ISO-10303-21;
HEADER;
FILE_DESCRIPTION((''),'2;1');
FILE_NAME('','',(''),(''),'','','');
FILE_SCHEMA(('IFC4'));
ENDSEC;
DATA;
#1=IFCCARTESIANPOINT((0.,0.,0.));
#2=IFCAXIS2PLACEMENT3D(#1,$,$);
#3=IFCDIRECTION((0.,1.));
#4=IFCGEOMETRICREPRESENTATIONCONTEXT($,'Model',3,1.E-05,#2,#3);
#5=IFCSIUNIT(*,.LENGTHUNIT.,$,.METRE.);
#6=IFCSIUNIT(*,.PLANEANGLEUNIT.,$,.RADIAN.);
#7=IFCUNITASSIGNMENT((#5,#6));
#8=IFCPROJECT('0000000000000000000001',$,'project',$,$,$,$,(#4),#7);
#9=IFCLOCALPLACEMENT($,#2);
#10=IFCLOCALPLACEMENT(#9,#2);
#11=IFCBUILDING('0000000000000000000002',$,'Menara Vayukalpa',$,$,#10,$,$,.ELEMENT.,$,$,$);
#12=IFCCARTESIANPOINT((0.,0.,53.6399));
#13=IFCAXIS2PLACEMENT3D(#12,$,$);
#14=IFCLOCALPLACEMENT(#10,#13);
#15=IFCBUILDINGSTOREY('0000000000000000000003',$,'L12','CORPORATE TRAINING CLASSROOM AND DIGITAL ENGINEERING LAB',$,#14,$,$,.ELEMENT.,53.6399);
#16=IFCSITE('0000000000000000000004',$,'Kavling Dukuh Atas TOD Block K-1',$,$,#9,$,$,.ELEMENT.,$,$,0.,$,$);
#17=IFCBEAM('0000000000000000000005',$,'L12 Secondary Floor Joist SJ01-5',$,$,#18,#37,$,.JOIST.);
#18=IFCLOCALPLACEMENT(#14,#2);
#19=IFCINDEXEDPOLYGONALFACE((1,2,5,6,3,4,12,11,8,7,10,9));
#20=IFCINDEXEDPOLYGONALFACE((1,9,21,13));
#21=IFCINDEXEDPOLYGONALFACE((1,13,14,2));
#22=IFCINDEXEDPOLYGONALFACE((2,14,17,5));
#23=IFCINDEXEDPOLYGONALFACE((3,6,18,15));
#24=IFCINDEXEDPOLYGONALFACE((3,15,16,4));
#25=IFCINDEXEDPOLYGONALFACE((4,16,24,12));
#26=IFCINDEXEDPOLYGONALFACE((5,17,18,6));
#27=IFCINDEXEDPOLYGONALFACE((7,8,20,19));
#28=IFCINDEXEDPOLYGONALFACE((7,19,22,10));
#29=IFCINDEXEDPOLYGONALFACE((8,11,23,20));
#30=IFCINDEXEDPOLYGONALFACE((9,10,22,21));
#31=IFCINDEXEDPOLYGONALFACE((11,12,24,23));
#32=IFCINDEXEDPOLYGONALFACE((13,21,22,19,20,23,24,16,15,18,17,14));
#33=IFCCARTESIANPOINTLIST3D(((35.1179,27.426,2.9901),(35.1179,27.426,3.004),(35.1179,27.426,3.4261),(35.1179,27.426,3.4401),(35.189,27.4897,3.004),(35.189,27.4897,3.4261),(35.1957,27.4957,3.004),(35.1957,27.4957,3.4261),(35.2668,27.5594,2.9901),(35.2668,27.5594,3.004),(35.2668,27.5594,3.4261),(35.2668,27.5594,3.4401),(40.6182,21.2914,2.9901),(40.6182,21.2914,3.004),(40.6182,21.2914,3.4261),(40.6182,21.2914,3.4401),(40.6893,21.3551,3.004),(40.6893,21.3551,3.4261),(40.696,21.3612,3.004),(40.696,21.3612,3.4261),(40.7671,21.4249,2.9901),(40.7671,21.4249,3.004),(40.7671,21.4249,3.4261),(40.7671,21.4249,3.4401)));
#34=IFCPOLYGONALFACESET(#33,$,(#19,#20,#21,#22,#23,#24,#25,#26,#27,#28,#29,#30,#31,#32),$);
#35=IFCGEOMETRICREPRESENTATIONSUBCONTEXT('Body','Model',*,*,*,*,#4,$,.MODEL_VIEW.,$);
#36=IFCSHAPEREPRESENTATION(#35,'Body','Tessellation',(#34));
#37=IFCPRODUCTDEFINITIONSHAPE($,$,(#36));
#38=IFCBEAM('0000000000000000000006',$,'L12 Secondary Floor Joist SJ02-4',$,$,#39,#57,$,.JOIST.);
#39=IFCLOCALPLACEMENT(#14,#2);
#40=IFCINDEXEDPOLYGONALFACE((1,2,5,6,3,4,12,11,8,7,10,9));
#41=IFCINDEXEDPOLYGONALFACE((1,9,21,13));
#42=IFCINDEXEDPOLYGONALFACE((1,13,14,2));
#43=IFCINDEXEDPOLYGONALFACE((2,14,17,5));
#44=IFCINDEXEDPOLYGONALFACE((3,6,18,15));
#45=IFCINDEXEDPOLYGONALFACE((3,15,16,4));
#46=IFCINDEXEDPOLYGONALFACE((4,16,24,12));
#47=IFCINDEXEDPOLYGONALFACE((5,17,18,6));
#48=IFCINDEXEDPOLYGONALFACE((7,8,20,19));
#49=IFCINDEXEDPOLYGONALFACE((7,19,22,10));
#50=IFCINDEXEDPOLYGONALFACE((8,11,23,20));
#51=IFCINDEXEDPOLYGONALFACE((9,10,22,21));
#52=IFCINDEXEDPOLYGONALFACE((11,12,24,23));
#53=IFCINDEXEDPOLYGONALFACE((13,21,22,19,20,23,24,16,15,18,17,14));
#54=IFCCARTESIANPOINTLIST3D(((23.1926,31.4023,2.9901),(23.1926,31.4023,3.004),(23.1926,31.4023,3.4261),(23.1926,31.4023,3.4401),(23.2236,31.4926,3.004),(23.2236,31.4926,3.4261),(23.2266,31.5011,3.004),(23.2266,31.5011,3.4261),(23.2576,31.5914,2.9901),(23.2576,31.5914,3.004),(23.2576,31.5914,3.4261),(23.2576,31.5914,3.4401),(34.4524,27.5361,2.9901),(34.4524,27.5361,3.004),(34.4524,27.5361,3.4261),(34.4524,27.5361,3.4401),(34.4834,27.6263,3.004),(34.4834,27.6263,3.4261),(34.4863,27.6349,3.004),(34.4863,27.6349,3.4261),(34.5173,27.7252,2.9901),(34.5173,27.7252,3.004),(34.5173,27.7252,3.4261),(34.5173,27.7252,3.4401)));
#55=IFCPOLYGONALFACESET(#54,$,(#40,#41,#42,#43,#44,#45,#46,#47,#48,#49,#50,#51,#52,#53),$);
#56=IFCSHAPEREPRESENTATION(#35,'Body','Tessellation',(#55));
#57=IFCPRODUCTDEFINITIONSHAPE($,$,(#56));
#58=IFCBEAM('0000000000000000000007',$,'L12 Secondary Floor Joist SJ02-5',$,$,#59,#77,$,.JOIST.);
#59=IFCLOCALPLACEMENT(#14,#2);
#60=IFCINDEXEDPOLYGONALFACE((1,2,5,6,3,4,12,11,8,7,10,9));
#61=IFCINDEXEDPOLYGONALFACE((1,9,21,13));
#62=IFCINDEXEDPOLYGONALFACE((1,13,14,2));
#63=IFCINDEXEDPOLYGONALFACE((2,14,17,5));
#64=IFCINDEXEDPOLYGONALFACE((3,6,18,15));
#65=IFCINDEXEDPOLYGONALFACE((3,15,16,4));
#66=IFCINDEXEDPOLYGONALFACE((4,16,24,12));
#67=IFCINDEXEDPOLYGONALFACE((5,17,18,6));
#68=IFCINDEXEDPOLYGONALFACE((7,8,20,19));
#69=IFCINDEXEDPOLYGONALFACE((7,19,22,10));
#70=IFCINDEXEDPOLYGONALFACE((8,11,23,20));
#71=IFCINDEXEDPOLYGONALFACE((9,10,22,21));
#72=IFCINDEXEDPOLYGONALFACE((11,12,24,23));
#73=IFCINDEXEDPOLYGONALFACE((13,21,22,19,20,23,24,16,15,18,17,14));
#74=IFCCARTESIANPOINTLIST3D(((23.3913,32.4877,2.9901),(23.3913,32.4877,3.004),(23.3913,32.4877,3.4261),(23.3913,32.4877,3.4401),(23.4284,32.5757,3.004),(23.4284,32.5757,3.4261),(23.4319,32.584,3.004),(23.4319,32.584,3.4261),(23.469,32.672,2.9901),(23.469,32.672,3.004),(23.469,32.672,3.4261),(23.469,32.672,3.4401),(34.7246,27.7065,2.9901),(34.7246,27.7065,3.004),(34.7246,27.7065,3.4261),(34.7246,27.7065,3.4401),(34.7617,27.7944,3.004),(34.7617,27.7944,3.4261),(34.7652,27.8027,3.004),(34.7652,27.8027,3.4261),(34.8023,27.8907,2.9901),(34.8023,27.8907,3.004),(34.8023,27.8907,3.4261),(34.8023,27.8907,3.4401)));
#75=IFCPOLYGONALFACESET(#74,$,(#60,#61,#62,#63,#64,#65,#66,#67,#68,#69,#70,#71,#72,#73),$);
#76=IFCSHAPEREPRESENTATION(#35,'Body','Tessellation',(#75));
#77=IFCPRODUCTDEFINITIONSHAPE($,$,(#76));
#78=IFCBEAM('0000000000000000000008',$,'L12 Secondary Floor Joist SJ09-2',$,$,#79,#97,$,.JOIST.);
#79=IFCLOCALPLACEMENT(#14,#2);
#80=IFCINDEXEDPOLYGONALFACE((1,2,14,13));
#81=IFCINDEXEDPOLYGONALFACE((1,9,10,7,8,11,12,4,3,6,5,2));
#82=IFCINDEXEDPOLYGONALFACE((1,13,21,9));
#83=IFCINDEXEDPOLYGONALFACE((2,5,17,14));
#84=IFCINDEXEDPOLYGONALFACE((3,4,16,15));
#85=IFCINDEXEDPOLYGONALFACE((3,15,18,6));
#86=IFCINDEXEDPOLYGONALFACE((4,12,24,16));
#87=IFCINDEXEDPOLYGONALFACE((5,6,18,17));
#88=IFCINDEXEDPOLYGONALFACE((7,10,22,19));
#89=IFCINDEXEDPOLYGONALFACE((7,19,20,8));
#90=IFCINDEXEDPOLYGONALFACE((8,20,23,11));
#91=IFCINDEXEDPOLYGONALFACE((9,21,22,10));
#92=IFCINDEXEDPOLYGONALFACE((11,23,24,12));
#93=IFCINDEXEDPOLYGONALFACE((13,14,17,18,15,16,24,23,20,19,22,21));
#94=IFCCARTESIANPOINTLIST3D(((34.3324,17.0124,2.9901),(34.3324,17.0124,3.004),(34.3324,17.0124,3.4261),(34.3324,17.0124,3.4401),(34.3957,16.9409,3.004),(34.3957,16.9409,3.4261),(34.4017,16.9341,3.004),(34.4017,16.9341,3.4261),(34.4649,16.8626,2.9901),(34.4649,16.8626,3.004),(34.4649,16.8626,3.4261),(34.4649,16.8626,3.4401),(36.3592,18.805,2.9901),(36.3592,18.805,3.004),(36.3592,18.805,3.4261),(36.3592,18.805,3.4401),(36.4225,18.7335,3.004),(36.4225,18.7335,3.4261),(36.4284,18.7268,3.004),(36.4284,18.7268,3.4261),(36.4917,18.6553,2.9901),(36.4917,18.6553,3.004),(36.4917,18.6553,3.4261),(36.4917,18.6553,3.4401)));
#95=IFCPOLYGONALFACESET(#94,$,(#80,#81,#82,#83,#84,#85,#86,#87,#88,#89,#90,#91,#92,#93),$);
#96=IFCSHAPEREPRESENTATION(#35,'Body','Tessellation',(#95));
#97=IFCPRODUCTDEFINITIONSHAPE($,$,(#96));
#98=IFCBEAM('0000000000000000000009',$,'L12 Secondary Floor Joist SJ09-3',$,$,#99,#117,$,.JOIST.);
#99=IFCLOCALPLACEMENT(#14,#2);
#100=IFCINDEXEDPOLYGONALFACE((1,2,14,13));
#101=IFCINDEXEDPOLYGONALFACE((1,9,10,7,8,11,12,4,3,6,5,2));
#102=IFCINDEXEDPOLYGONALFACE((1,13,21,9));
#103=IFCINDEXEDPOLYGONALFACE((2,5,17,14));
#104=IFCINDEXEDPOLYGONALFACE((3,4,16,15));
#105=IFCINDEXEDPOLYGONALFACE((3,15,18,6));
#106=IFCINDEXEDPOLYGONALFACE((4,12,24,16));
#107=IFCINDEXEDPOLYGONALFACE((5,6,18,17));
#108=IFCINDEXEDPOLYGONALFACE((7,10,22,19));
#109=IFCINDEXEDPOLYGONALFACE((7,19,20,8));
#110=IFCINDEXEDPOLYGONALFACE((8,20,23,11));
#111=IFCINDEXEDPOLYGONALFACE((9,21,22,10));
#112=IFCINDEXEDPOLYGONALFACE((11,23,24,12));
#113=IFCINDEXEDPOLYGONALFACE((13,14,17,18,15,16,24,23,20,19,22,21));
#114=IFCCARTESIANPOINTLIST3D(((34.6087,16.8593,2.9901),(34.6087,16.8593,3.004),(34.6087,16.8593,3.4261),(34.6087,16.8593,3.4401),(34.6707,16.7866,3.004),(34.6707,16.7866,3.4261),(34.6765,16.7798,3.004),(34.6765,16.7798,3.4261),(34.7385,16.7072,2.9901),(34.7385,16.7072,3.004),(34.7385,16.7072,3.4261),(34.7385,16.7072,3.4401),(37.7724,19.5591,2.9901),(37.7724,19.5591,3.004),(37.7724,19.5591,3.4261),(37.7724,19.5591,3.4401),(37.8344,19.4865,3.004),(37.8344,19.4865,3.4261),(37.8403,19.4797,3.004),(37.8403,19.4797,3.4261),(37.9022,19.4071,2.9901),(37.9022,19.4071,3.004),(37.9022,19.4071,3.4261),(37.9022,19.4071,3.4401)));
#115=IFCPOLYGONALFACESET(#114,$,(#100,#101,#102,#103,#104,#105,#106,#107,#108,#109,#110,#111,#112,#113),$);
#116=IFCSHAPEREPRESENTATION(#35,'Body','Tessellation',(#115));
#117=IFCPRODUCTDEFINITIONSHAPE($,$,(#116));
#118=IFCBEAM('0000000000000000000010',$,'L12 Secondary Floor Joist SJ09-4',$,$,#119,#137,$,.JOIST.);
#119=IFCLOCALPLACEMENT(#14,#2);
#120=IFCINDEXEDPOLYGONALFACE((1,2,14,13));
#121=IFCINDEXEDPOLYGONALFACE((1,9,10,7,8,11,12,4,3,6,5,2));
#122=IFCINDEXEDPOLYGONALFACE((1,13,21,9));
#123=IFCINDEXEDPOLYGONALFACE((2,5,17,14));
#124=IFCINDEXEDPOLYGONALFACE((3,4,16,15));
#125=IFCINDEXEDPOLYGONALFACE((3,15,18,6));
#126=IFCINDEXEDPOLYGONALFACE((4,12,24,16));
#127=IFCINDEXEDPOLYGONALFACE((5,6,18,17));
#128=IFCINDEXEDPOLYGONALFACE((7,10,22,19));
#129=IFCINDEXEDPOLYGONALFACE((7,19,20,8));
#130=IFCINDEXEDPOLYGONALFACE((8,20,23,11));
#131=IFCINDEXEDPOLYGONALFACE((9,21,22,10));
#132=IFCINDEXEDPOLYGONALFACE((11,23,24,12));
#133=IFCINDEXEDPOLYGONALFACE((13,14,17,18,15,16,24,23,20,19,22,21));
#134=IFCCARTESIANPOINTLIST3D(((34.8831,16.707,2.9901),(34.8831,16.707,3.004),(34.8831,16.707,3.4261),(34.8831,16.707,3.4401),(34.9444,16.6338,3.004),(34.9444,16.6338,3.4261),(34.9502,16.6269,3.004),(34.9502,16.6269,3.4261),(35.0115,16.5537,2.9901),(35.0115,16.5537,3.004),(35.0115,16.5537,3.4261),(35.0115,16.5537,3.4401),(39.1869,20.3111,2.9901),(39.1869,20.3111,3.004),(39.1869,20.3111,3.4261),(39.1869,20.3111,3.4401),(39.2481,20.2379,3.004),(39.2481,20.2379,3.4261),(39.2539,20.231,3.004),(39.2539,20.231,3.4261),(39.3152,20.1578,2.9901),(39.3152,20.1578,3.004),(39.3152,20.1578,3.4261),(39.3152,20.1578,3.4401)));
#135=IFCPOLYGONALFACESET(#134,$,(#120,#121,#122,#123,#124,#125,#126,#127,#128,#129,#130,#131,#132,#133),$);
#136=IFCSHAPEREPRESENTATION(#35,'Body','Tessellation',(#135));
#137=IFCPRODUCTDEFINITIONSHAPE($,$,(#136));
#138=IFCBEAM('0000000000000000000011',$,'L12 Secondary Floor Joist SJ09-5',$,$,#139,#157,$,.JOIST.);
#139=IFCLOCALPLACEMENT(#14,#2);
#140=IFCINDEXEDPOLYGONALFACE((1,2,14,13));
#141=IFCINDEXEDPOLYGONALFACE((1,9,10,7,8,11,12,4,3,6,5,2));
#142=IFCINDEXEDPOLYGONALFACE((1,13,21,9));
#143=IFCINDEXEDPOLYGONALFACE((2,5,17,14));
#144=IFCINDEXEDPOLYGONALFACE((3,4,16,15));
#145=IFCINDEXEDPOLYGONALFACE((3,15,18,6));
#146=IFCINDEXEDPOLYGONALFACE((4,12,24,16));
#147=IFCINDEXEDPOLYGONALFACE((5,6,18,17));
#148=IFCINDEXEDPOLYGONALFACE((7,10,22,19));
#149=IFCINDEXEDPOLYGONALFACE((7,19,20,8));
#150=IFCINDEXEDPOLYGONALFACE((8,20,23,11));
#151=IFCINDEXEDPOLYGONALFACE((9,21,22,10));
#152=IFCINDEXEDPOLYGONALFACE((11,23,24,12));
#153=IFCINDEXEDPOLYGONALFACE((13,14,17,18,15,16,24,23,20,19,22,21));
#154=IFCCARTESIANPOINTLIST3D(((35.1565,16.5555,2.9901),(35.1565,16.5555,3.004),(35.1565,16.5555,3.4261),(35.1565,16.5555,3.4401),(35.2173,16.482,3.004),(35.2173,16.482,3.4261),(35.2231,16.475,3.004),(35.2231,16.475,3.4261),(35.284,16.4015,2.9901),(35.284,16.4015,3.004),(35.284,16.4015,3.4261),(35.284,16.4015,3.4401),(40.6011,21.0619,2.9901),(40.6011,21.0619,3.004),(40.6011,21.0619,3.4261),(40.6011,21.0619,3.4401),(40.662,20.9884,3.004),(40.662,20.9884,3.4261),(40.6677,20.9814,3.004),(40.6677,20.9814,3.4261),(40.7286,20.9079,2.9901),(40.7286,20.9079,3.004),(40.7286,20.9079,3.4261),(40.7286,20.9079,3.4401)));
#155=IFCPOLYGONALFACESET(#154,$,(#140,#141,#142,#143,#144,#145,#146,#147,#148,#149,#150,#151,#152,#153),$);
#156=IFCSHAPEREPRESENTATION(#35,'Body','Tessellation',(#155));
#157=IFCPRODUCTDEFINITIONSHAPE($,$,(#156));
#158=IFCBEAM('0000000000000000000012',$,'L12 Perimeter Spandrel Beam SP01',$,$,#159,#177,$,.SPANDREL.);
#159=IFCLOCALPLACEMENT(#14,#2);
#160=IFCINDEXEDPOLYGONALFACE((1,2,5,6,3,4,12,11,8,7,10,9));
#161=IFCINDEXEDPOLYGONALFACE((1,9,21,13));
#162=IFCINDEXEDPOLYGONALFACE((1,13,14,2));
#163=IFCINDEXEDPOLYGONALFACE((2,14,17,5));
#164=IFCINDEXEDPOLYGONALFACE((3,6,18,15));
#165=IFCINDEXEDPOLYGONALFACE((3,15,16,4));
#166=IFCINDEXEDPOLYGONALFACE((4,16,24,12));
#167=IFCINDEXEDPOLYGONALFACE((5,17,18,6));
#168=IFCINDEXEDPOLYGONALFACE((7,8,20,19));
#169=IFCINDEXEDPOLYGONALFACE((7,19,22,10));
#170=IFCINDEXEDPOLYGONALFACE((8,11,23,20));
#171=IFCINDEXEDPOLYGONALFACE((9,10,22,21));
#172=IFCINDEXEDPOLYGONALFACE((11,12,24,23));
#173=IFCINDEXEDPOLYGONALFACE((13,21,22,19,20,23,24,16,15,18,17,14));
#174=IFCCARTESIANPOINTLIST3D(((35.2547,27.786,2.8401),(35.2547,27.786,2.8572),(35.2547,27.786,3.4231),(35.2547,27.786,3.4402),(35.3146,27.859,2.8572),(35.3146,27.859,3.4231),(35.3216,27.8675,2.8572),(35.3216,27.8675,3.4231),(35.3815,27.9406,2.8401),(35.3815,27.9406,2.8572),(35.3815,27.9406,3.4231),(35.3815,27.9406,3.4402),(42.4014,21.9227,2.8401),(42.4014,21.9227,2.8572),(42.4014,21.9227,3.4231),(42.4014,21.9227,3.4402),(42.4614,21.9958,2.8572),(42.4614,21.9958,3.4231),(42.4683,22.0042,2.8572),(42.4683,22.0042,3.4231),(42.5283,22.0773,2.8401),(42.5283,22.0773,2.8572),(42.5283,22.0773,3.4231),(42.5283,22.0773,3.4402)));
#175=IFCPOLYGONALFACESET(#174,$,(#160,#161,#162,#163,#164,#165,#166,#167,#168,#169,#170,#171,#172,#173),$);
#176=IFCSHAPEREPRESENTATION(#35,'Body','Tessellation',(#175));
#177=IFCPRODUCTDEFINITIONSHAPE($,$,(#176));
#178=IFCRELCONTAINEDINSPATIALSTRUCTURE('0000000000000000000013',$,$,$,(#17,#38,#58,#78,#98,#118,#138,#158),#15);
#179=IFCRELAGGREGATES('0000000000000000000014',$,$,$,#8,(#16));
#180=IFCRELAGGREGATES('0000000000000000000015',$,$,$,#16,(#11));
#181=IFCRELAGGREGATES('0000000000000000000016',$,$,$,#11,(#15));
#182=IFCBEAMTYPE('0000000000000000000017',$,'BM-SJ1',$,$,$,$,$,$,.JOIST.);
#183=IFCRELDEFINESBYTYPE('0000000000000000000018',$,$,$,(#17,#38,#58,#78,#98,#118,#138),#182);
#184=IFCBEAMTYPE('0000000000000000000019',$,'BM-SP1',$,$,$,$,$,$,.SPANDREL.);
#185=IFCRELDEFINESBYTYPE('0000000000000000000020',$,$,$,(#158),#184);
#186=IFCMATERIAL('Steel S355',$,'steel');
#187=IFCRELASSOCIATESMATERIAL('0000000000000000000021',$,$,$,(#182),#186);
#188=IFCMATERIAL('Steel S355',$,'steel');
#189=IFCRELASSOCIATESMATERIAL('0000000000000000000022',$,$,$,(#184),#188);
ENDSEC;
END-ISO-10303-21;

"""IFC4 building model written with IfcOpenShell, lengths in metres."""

from ifc_helpers import new_model, si_unit, direction, frame, origin, origin_2d, place, context, subcontext, project, spatial, i_section, extrude, material, material_profile, profile_set, type_object, element, save


model = new_model("IFC4")

# Units and contexts
model_context = context("Model", 3, precision=1e-05, world=origin(), true_north=direction((0.0, 1.0)))
body_context = subcontext(model_context, "Body", "Model", "MODEL_VIEW")
ifc_project = project(units=[si_unit("LENGTHUNIT", "METRE"), si_unit("PLANEANGLEUNIT", "RADIAN")], contexts=[model_context])

# Site, building, storey
site_placement = place(None, origin())
site = spatial("IfcSite", under=ifc_project, at=site_placement, Name="Kavling Dukuh Atas TOD Block K-1", CompositionType="ELEMENT", RefElevation=0.0)
building_placement = place(site_placement, origin())
building = spatial("IfcBuilding", under=site, at=building_placement, Name="Menara Vayukalpa", CompositionType="ELEMENT")
storey_placement = place(building_placement, frame((0.0, 0.0, 53.6399)))
storey = spatial("IfcBuildingStorey", under=building, at=storey_placement, Name="L12", Description="CORPORATE TRAINING CLASSROOM AND DIGITAL ENGINEERING LAB", CompositionType="ELEMENT", Elevation=53.6399)

# Beams
ifc_material_1 = material(Name="Steel S355", Category="steel")
ifc_material_profile_1 = material_profile(ifc_material_1, i_section(OverallWidth=0.2, OverallDepth=0.45, WebThickness=0.009, FlangeThickness=0.0139, at=origin_2d()), Name="WF 450x200x9x14")
ifc_profile_set_1 = profile_set([ifc_material_profile_1], Name="Steel S355")
beam_type_1 = type_object("IfcBeamType", Name="BM-SJ1", PredefinedType="JOIST", material=ifc_profile_set_1)
beam_1_placement = place(storey_placement, frame((40.6926, 21.3582, 3.2151), z_axis=(-0.667567, 0.74455, 0.0), x_axis=(-0.74455, -0.667567, 0.0)))
element("IfcBeam", 1, at=beam_1_placement, inside=storey, type_object=beam_type_1, Name="L12 Secondary Floor Joist SJ01-5", PredefinedType="JOIST", context=body_context, shape_type="SweptSolid", body=[
    extrude(i_section(OverallWidth=0.2, OverallDepth=0.45, WebThickness=0.009, FlangeThickness=0.0139, at=origin_2d()), origin(), (0.0, 0.0, 1.0), 8.2393),
])
beam_2_placement = place(storey_placement, frame((34.4849, 27.6306, 3.2151), z_axis=(-0.945798, 0.324754, 0.0), x_axis=(-0.324754, -0.945798, 0.0)))
element("IfcBeam", 2, at=beam_2_placement, inside=storey, type_object=beam_type_1, Name="L12 Secondary Floor Joist SJ02-4", PredefinedType="JOIST", context=body_context, shape_type="SweptSolid", body=[
    extrude(i_section(OverallWidth=0.2, OverallDepth=0.45, WebThickness=0.009, FlangeThickness=0.0139, at=origin_2d()), origin(), (0.0, 0.0, 1.0), 11.905),
])
beam_3_placement = place(storey_placement, frame((34.7634, 27.7986, 3.2151), z_axis=(-0.921363, 0.388703, 0.0), x_axis=(-0.388703, -0.921363, 0.0)))
element("IfcBeam", 3, at=beam_3_placement, inside=storey, type_object=beam_type_1, Name="L12 Secondary Floor Joist SJ02-5", PredefinedType="JOIST", context=body_context, shape_type="SweptSolid", body=[
    extrude(i_section(OverallWidth=0.2, OverallDepth=0.45, WebThickness=0.009, FlangeThickness=0.0139, at=origin_2d()), origin(), (0.0, 0.0, 1.0), 12.3005),
])
beam_4_placement = place(storey_placement, frame((34.3987, 16.9375, 3.2151), z_axis=(0.749045, 0.662519, 0.0), x_axis=(-0.662519, 0.749045, 0.0)))
element("IfcBeam", 4, at=beam_4_placement, inside=storey, type_object=beam_type_1, Name="L12 Secondary Floor Joist SJ09-2", PredefinedType="JOIST", context=body_context, shape_type="SweptSolid", body=[
    extrude(i_section(OverallWidth=0.2, OverallDepth=0.45, WebThickness=0.009, FlangeThickness=0.0139, at=origin_2d()), origin(), (0.0, 0.0, 1.0), 2.7058),
])
beam_5_placement = place(storey_placement, frame((34.6736, 16.7832, 3.2151), z_axis=(0.760668, 0.649141, 0.0), x_axis=(-0.649141, 0.760668, 0.0)))
element("IfcBeam", 5, at=beam_5_placement, inside=storey, type_object=beam_type_1, Name="L12 Secondary Floor Joist SJ09-3", PredefinedType="JOIST", context=body_context, shape_type="SweptSolid", body=[
    extrude(i_section(OverallWidth=0.2, OverallDepth=0.45, WebThickness=0.009, FlangeThickness=0.0139, at=origin_2d()), origin(), (0.0, 0.0, 1.0), 4.1592),
])
beam_6_placement = place(storey_placement, frame((34.9473, 16.6304, 3.2151), z_axis=(0.766679, 0.642031, 0.0), x_axis=(-0.642031, 0.766679, 0.0)))
element("IfcBeam", 6, at=beam_6_placement, inside=storey, type_object=beam_type_1, Name="L12 Secondary Floor Joist SJ09-4", PredefinedType="JOIST", context=body_context, shape_type="SweptSolid", body=[
    extrude(i_section(OverallWidth=0.2, OverallDepth=0.45, WebThickness=0.009, FlangeThickness=0.0139, at=origin_2d()), origin(), (0.0, 0.0, 1.0), 5.6135),
])
beam_7_placement = place(storey_placement, frame((35.2202, 16.4785, 3.2151), z_axis=(0.77036, 0.637609, 0.0), x_axis=(-0.637609, 0.77036, 0.0)))
element("IfcBeam", 7, at=beam_7_placement, inside=storey, type_object=beam_type_1, Name="L12 Secondary Floor Joist SJ09-5", PredefinedType="JOIST", context=body_context, shape_type="SweptSolid", body=[
    extrude(i_section(OverallWidth=0.2, OverallDepth=0.45, WebThickness=0.009, FlangeThickness=0.0139, at=origin_2d()), origin(), (0.0, 0.0, 1.0), 7.0676),
])
ifc_material_2 = material(Name="Steel S355", Category="steel")
ifc_material_profile_2 = material_profile(ifc_material_2, i_section(OverallWidth=0.2, OverallDepth=0.6001, WebThickness=0.011, FlangeThickness=0.0171, at=origin_2d()), Name="WF 600x200x11x17")
ifc_profile_set_2 = profile_set([ifc_material_profile_2], Name="Steel S355")
beam_type_2 = type_object("IfcBeamType", Name="BM-SP1", PredefinedType="SPANDREL", material=ifc_profile_set_2)
beam_8_placement = place(storey_placement, frame((42.4648, 22.0, 3.1401), z_axis=(-0.773111, 0.634271, 0.0), x_axis=(-0.634271, -0.773111, 0.0)))
element("IfcBeam", 8, at=beam_8_placement, inside=storey, type_object=beam_type_2, Name="L12 Perimeter Spandrel Beam SP01", PredefinedType="SPANDREL", context=body_context, shape_type="SweptSolid", body=[
    extrude(i_section(OverallWidth=0.2, OverallDepth=0.6001, WebThickness=0.011, FlangeThickness=0.0171, at=origin_2d()), origin(), (0.0, 0.0, 1.0), 9.2441),
])

save(model, "model.ifc")
